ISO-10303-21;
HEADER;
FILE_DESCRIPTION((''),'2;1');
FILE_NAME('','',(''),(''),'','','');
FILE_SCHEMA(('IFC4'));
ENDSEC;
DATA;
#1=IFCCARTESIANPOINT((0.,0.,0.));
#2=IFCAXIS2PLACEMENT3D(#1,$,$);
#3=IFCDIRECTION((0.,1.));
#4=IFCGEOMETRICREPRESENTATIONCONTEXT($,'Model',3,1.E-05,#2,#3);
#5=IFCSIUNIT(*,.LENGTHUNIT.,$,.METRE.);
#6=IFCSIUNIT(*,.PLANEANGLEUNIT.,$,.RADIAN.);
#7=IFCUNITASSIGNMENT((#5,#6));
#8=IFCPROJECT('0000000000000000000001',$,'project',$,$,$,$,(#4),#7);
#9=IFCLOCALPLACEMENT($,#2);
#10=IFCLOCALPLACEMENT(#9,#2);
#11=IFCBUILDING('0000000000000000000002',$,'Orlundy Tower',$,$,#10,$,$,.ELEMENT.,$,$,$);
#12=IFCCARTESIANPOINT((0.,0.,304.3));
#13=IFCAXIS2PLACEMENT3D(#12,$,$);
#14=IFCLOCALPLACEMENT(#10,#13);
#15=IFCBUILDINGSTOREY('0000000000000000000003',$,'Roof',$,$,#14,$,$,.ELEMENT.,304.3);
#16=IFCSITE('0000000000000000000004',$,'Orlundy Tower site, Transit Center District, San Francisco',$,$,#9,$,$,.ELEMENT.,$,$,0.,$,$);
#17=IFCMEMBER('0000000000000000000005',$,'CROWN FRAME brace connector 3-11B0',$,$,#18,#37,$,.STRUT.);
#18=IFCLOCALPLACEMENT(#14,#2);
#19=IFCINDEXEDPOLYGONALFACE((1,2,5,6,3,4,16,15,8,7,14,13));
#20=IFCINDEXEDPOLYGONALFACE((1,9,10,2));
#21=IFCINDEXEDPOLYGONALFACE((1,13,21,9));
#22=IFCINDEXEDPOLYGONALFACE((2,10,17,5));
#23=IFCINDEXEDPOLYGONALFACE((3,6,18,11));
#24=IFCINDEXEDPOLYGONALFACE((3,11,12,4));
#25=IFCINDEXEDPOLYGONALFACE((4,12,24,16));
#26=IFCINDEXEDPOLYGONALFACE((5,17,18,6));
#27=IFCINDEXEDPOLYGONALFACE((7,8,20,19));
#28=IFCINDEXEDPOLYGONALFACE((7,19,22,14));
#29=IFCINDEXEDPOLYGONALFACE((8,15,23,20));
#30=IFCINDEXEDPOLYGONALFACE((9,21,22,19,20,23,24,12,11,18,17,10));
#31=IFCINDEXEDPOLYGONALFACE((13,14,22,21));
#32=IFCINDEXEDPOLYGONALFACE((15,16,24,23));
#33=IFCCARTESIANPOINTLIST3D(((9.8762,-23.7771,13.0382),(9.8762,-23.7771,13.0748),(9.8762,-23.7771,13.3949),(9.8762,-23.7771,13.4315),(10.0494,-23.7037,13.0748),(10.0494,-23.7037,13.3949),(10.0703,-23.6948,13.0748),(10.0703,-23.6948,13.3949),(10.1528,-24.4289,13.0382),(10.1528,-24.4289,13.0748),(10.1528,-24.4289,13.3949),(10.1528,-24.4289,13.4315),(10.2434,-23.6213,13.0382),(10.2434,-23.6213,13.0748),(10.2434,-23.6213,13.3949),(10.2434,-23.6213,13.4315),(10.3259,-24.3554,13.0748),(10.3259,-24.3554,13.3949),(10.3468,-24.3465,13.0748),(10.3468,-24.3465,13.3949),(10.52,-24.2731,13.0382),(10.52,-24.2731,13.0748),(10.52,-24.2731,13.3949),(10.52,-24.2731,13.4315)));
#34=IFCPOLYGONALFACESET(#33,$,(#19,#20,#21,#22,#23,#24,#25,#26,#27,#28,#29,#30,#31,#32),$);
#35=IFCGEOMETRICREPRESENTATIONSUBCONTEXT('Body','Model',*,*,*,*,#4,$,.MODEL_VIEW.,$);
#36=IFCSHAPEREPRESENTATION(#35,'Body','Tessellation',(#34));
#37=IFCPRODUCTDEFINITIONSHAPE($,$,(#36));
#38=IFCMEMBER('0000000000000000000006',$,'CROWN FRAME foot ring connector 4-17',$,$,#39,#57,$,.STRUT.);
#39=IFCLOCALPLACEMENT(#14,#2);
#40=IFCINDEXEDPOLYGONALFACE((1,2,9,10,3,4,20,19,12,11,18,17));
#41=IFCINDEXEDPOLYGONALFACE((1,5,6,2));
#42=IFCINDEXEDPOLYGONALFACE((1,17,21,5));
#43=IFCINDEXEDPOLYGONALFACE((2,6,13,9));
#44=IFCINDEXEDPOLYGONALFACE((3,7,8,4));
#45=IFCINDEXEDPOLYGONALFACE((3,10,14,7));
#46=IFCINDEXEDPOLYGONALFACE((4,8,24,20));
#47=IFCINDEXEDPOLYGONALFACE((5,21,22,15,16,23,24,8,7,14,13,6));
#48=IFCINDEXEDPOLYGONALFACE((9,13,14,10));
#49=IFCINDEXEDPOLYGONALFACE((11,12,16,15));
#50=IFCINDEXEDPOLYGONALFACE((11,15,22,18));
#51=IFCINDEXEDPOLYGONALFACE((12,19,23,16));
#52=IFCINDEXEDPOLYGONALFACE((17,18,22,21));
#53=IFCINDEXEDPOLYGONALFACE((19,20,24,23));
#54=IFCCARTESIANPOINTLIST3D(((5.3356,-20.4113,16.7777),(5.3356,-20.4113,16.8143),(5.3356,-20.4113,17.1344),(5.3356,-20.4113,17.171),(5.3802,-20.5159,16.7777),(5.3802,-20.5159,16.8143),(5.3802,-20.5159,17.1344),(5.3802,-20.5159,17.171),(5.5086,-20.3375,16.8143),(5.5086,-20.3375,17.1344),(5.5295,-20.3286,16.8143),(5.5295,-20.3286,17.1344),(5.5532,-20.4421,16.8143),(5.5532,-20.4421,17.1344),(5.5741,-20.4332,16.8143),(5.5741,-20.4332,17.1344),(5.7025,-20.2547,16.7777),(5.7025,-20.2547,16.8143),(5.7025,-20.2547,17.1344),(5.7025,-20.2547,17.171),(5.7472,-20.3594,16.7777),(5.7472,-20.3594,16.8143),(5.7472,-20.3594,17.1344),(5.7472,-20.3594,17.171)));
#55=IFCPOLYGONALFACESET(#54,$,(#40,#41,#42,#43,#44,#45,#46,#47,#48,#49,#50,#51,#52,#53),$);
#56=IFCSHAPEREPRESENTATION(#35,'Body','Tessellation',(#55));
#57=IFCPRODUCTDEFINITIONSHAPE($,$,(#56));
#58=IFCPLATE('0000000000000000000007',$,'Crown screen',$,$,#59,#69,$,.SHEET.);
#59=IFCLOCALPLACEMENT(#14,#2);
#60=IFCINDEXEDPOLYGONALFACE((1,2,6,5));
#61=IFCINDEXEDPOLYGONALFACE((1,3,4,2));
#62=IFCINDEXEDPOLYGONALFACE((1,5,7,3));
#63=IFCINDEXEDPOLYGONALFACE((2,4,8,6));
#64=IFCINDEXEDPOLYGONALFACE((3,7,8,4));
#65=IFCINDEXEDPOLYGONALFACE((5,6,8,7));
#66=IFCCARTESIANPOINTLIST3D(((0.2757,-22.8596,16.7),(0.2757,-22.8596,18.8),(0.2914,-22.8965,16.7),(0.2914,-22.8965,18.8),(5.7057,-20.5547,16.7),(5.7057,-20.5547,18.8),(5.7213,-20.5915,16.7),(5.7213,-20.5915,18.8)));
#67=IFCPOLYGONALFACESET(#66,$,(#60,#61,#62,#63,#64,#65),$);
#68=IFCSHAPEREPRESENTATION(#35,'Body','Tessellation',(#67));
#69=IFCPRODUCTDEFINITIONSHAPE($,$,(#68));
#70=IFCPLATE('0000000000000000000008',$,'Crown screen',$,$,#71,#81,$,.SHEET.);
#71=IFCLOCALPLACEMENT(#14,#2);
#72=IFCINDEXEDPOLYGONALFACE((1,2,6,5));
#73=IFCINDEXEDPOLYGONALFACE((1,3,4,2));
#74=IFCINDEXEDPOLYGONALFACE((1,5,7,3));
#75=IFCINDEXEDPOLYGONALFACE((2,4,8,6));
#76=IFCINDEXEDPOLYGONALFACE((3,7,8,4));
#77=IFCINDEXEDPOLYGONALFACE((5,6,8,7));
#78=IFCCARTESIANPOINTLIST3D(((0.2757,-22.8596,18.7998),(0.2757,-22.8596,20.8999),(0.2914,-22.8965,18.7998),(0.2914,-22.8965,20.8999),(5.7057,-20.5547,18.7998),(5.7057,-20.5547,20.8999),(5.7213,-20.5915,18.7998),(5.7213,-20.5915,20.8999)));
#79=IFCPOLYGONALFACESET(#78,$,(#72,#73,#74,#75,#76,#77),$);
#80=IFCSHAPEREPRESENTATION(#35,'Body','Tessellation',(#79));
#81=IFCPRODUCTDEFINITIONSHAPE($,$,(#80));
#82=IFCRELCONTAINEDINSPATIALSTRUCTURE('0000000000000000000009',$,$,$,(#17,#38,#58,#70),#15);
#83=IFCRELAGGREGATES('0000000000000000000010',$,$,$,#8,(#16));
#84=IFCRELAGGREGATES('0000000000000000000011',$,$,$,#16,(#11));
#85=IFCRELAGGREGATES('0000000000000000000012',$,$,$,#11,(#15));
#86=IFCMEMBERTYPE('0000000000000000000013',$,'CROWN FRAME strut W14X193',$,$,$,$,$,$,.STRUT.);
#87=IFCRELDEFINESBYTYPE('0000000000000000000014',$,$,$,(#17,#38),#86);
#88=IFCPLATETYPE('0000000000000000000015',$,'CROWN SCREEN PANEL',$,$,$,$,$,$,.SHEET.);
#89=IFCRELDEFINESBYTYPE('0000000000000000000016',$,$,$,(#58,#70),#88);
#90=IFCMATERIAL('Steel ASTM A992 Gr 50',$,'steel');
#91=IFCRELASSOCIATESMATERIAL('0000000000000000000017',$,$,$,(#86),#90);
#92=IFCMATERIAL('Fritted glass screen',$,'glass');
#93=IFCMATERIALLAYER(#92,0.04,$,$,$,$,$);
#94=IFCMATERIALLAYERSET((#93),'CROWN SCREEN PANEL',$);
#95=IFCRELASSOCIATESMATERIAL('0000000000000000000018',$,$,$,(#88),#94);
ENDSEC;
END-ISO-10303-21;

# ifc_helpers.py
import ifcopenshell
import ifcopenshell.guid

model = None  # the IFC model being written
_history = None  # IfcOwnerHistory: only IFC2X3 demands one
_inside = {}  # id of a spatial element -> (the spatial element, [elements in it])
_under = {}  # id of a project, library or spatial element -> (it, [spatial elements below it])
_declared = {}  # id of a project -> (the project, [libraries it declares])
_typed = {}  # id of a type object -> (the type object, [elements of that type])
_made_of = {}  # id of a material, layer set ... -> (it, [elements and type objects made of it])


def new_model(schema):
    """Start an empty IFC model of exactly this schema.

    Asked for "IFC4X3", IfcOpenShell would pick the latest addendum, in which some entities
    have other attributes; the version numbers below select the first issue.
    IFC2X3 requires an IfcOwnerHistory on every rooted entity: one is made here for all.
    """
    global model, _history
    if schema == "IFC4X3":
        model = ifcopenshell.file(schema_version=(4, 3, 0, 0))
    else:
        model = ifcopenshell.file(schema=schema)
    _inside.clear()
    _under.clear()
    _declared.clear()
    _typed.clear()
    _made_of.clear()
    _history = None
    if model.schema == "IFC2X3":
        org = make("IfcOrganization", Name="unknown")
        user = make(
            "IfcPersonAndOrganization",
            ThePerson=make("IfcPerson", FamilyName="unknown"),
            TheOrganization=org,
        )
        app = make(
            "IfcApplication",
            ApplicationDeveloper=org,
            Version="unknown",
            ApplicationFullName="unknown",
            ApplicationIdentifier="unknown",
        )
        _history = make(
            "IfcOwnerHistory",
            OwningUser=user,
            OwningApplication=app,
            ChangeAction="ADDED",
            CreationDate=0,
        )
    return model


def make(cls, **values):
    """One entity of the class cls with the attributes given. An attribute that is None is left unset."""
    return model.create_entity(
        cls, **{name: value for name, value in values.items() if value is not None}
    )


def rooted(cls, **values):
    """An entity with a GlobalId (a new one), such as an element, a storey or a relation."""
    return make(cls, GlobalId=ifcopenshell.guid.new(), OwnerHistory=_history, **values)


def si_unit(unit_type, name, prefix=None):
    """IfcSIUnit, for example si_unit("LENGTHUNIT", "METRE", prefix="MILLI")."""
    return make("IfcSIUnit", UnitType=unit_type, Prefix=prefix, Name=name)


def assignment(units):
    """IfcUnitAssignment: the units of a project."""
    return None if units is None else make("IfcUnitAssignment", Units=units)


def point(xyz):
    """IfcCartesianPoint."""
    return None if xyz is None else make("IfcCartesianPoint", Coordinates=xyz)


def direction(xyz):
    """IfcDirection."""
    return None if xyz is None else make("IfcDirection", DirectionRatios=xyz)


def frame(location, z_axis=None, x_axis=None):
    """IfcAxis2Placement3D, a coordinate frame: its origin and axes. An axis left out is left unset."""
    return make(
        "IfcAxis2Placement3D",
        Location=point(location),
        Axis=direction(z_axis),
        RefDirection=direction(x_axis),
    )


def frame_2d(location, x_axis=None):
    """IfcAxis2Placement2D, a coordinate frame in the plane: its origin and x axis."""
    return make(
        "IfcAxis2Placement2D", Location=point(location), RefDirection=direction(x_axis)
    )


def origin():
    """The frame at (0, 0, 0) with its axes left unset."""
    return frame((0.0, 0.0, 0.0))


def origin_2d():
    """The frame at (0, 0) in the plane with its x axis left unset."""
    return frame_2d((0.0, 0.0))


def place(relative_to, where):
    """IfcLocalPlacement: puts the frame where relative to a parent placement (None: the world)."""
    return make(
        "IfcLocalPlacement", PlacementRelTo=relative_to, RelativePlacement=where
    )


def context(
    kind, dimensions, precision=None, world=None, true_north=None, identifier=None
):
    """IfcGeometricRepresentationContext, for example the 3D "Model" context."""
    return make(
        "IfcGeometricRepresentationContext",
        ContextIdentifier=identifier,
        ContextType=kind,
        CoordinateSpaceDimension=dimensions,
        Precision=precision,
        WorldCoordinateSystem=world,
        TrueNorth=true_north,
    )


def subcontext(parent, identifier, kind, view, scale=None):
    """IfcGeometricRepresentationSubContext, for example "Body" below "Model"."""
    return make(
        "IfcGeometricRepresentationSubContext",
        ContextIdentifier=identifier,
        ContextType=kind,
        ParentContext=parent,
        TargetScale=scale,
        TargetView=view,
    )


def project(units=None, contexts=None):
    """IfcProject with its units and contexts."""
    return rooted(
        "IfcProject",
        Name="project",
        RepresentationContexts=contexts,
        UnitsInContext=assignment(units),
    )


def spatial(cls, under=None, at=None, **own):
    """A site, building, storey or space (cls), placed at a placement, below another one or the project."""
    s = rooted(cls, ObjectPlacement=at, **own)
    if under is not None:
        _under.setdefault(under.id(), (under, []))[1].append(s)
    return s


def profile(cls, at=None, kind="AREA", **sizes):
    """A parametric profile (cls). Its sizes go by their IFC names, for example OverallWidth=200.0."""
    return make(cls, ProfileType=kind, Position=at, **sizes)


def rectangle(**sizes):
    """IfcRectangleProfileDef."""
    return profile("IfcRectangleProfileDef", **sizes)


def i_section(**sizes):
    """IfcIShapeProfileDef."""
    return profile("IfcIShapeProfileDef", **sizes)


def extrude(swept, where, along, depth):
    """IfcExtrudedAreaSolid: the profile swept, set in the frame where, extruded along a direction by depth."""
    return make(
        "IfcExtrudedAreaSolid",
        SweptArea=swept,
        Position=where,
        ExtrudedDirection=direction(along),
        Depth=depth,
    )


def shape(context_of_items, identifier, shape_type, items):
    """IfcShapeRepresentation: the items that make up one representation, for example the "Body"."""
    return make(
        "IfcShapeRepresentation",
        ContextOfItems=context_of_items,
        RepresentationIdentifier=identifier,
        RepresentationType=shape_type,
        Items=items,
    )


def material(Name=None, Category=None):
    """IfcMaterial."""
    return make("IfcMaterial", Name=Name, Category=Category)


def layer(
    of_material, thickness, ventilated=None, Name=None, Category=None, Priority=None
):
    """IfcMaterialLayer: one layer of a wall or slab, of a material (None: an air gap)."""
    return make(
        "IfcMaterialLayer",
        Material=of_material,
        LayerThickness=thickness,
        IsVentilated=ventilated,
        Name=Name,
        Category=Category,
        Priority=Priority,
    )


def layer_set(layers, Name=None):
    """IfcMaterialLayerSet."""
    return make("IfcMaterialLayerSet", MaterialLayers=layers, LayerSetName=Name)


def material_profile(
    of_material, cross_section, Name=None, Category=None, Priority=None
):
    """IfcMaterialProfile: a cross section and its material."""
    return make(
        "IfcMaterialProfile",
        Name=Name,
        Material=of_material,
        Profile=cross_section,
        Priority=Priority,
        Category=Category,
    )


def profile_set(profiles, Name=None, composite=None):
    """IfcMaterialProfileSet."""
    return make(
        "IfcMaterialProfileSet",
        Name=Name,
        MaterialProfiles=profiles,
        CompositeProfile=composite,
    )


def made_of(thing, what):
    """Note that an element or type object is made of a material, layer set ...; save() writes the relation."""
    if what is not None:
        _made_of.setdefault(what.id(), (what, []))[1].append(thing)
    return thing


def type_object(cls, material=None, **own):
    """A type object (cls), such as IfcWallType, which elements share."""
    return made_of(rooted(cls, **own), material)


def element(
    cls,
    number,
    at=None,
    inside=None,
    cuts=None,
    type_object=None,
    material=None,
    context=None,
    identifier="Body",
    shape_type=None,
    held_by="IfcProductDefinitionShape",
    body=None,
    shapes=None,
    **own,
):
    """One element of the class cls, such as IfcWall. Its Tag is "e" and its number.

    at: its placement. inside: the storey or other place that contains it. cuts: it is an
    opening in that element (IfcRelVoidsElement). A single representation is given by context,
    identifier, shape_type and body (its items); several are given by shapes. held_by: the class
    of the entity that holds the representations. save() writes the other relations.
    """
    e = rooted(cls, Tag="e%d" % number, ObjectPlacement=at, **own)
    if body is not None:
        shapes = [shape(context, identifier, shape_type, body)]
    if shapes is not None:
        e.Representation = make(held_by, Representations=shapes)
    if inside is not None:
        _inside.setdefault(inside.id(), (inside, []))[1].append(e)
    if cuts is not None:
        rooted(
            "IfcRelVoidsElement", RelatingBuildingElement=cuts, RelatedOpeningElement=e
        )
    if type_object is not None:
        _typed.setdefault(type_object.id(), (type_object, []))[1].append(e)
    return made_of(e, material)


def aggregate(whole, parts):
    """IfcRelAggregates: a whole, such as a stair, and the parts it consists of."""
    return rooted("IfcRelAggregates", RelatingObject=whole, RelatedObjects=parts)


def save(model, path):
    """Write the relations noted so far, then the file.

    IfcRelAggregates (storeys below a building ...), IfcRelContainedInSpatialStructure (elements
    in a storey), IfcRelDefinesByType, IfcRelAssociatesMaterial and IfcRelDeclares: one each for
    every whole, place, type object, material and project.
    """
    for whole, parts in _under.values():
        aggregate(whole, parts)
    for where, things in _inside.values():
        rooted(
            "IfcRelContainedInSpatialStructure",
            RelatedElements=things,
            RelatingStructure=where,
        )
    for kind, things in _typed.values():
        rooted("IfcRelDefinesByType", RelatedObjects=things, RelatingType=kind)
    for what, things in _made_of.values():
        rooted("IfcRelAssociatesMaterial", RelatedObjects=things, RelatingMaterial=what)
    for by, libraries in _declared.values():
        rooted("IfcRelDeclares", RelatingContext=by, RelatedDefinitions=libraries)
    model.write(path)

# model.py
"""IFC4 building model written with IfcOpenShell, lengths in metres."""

from ifc_helpers import new_model, si_unit, direction, frame, origin, origin_2d, place, context, subcontext, project, spatial, rectangle, i_section, extrude, material, layer, layer_set, material_profile, profile_set, type_object, element, save


model = new_model("IFC4")

# Units and contexts
model_context = context("Model", 3, precision=1e-05, world=origin(), true_north=direction((0.0, 1.0)))
body_context = subcontext(model_context, "Body", "Model", "MODEL_VIEW")
ifc_project = project(units=[si_unit("LENGTHUNIT", "METRE"), si_unit("PLANEANGLEUNIT", "RADIAN")], contexts=[model_context])

# Site, building, storey
site_placement = place(None, origin())
site = spatial("IfcSite", under=ifc_project, at=site_placement, Name="Orlundy Tower site, Transit Center District, San Francisco", CompositionType="ELEMENT", RefElevation=0.0)
building_placement = place(site_placement, origin())
building = spatial("IfcBuilding", under=site, at=building_placement, Name="Orlundy Tower", CompositionType="ELEMENT")
storey_placement = place(building_placement, frame((0.0, 0.0, 304.3)))
storey = spatial("IfcBuildingStorey", under=building, at=storey_placement, Name="Roof", CompositionType="ELEMENT", Elevation=304.3)

# Members
ifc_material_1 = material(Name="Steel ASTM A992 Gr 50", Category="steel")
ifc_material_profile_1 = material_profile(ifc_material_1, i_section(OverallWidth=0.3989, OverallDepth=0.3933, WebThickness=0.0227, FlangeThickness=0.0366, at=origin_2d()), Name="W14X193")
ifc_profile_set_1 = profile_set([ifc_material_profile_1], Name="Steel ASTM A992 Gr 50")
member_type_1 = type_object("IfcMemberType", Name="CROWN FRAME strut W14X193", PredefinedType="STRUT", material=ifc_profile_set_1)
for number, where, z_axis, x_axis, name in (
    (1, (10.0598, -23.6992, 13.2349), (0.39063, -0.920548, 0.0), (0.920548, 0.39063, 0.0), "CROWN FRAME brace connector 3-11B0"),
):
    element("IfcMember", number, at=place(storey_placement, frame(where, z_axis=z_axis, x_axis=x_axis)), inside=storey, type_object=member_type_1, Name=name, PredefinedType="STRUT", context=body_context, shape_type="SweptSolid", body=[
        extrude(i_section(OverallWidth=0.3989, OverallDepth=0.3933, WebThickness=0.0227, FlangeThickness=0.0366, at=origin_2d()), origin(), (0.0, 0.0, 1.0), 0.708),
    ])
member_1_placement = place(storey_placement, frame((5.519, -20.333, 16.9744), z_axis=(0.392366, -0.919809, 0.0), x_axis=(0.919809, 0.392366, 0.0)))
element("IfcMember", 2, at=member_1_placement, inside=storey, type_object=member_type_1, Name="CROWN FRAME foot ring connector 4-17", PredefinedType="STRUT", context=body_context, shape_type="SweptSolid", body=[
    extrude(i_section(OverallWidth=0.3989, OverallDepth=0.3933, WebThickness=0.0227, FlangeThickness=0.0366, at=origin_2d()), origin(), (0.0, 0.0, 1.0), 0.1138),
])

# Plates
ifc_material_2 = material(Name="Fritted glass screen", Category="glass")
ifc_layer = layer(ifc_material_2, 0.04)
ifc_layer_set = layer_set([ifc_layer], Name="CROWN SCREEN PANEL")
plate_type = type_object("IfcPlateType", Name="CROWN SCREEN PANEL", PredefinedType="SHEET", material=ifc_layer_set)
for number, where, z_axis, x_axis, name in (
    (3, (2.9985, -21.7256, 16.7), (0.0, 0.0, 1.0), (0.9205, 0.390742, 0.0), "Crown screen"),
    (4, (2.9985, -21.7256, 18.7998), (0.0, 0.0, 1.0), (0.9205, 0.390742, 0.0), "Crown screen"),
):
    element("IfcPlate", number, at=place(storey_placement, frame(where, z_axis=z_axis, x_axis=x_axis)), inside=storey, type_object=plate_type, Name=name, PredefinedType="SHEET", context=body_context, shape_type="SweptSolid", body=[
        extrude(rectangle(XDim=5.8989, YDim=0.04, at=origin_2d()), origin(), (0.0, 0.0, 1.0), 2.1001),
    ])

save(model, "model.ifc")
